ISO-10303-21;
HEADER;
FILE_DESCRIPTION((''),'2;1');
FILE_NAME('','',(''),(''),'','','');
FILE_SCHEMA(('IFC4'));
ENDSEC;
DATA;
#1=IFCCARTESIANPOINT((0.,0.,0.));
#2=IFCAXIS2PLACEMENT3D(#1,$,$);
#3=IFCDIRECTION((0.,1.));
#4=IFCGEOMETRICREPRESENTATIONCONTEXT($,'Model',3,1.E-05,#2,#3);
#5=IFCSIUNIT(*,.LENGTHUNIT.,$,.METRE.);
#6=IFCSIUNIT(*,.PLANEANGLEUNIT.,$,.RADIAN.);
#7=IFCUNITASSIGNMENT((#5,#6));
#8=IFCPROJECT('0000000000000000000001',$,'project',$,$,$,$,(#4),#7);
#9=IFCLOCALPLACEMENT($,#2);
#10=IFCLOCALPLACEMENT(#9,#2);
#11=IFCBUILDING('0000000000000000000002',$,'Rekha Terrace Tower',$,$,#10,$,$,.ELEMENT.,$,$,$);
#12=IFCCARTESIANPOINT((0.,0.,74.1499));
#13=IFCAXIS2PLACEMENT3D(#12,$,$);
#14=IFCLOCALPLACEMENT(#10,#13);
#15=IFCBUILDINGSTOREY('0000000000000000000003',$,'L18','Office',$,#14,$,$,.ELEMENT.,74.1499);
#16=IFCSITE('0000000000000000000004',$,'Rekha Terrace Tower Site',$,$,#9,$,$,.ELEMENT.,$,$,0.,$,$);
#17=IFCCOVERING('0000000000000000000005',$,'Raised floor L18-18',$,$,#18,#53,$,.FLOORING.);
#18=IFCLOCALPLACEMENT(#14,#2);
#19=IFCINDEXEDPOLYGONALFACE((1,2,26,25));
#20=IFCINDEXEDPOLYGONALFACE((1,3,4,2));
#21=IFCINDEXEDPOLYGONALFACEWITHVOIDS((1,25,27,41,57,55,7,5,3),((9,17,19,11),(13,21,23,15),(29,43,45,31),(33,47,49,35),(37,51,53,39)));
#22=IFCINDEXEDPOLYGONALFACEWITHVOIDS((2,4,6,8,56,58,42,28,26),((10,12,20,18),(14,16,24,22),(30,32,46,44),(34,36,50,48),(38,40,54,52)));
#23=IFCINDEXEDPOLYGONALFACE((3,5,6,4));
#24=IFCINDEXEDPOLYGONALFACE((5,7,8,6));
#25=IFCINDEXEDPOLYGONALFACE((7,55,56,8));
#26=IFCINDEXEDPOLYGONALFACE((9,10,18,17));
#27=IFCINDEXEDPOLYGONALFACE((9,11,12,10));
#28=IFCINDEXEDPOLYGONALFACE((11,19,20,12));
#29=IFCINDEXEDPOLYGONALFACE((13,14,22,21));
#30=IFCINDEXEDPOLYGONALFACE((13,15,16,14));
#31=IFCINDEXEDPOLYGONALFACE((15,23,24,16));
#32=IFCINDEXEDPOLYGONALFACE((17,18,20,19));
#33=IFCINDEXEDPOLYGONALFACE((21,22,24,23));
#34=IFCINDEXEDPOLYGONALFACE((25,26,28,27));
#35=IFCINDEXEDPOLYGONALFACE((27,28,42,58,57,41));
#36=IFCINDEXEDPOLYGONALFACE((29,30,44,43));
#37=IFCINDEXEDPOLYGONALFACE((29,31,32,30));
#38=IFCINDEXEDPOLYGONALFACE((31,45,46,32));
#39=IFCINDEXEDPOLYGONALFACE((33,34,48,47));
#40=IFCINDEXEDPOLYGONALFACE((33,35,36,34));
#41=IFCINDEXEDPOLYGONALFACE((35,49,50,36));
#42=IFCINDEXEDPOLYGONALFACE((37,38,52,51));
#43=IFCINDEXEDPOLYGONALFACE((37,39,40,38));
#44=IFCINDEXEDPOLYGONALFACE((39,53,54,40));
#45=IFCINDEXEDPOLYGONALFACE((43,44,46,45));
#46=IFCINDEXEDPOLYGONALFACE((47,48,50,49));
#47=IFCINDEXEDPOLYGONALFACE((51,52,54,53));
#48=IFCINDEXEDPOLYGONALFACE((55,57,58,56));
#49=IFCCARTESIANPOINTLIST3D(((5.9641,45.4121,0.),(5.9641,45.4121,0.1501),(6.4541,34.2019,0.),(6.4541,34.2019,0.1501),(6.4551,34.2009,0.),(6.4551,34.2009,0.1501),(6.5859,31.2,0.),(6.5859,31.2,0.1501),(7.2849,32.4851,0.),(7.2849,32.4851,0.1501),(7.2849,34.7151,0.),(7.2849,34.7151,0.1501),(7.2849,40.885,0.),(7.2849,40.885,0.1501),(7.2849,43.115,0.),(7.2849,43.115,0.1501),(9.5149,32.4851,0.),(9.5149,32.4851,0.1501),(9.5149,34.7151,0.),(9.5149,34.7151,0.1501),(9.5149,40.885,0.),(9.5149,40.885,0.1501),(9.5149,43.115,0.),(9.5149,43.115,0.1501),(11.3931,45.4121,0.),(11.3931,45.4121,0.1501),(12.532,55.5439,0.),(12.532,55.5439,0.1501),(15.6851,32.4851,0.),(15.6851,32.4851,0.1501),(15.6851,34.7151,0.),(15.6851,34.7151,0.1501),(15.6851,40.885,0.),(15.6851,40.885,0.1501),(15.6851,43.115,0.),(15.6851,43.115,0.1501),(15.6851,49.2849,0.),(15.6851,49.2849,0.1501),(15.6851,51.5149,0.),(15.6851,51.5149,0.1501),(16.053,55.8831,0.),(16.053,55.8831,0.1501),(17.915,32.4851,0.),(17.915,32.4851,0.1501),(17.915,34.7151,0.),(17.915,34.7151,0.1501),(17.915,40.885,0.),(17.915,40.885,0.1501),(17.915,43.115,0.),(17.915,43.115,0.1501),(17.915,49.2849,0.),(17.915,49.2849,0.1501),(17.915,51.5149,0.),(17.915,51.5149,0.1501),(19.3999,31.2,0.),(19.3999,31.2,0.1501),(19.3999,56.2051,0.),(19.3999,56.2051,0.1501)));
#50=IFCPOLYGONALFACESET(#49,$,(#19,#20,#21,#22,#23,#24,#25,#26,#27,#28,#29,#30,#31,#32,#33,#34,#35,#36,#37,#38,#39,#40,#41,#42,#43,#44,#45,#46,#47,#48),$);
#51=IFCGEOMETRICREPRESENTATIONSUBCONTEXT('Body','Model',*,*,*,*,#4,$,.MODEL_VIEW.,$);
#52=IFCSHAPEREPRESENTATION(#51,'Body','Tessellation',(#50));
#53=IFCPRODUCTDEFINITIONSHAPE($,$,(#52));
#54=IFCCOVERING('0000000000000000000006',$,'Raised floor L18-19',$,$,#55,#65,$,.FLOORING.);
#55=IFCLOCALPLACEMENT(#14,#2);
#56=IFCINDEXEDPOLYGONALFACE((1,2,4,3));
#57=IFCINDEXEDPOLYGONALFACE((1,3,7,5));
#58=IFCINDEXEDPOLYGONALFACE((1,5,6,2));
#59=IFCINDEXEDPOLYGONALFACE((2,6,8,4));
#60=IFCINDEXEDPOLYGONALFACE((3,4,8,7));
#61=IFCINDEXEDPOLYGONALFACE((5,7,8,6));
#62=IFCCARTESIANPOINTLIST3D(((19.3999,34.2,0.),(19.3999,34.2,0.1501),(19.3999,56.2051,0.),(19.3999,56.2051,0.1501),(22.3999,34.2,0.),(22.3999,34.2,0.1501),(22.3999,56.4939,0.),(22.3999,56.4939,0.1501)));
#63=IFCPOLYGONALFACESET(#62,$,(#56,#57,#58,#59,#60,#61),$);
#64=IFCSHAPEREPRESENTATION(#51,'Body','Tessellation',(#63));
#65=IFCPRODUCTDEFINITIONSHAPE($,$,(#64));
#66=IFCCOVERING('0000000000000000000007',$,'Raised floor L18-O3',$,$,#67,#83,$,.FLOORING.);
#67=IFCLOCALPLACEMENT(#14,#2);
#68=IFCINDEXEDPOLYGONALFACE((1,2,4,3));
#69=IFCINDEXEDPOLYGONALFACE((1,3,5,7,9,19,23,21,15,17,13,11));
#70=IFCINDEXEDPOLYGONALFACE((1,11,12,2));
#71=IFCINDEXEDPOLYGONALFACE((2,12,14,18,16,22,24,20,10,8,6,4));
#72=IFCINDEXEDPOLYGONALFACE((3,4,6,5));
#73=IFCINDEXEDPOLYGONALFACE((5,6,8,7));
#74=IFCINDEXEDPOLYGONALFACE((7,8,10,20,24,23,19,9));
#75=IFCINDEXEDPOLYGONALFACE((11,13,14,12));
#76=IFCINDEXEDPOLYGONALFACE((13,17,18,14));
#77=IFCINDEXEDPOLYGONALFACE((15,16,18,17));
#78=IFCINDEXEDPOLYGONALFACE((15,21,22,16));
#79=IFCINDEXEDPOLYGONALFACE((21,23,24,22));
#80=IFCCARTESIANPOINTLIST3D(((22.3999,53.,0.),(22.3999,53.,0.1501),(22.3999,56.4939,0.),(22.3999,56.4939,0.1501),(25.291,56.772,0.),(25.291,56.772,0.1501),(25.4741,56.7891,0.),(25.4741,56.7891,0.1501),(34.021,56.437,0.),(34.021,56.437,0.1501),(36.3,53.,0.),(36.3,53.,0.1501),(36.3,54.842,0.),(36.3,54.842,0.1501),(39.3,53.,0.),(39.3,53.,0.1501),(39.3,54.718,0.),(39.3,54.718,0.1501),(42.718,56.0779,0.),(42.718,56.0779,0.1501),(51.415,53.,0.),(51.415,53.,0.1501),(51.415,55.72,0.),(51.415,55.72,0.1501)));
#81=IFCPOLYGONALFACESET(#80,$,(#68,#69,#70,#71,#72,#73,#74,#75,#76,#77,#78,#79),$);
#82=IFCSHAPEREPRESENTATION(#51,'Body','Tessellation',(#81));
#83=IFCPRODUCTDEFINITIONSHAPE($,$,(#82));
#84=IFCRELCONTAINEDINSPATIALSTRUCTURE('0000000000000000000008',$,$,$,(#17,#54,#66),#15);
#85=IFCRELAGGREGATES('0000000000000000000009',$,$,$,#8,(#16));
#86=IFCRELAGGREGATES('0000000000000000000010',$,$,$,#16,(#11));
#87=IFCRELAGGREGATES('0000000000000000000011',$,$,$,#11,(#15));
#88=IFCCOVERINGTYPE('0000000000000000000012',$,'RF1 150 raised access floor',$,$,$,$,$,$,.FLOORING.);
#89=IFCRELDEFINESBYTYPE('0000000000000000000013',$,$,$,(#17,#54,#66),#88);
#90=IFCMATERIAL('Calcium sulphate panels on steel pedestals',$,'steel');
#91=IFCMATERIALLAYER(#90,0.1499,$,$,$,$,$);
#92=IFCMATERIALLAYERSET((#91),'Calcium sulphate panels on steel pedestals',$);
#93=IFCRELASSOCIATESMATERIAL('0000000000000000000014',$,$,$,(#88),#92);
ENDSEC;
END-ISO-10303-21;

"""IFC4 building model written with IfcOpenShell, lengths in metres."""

from ifc_helpers import new_model, si_unit, direction, frame, origin, place, context, subcontext, project, spatial, polyline, outline, extrude, material, layer, layer_set, type_object, element, save


model = new_model("IFC4")

# Units and contexts
model_context = context("Model", 3, precision=1e-05, world=origin(), true_north=direction((0.0, 1.0)))
body_context = subcontext(model_context, "Body", "Model", "MODEL_VIEW")
ifc_project = project(units=[si_unit("LENGTHUNIT", "METRE"), si_unit("PLANEANGLEUNIT", "RADIAN")], contexts=[model_context])

# Site, building, storey
site_placement = place(None, origin())
site = spatial("IfcSite", under=ifc_project, at=site_placement, Name="Rekha Terrace Tower Site", CompositionType="ELEMENT", RefElevation=0.0)
building_placement = place(site_placement, origin())
building = spatial("IfcBuilding", under=site, at=building_placement, Name="Rekha Terrace Tower", CompositionType="ELEMENT")
storey_placement = place(building_placement, frame((0.0, 0.0, 74.1499)))
storey = spatial("IfcBuildingStorey", under=building, at=storey_placement, Name="L18", Description="Office", CompositionType="ELEMENT", Elevation=74.1499)

# Coverings
ifc_material_1 = material(Name="Calcium sulphate panels on steel pedestals", Category="steel")
ifc_layer_1 = layer(ifc_material_1, 0.1499)
ifc_layer_set_1 = layer_set([ifc_layer_1], Name="Calcium sulphate panels on steel pedestals")
covering_type_1 = type_object("IfcCoveringType", Name="RF1 150 raised access floor", PredefinedType="FLOORING", material=ifc_layer_set_1)
covering_1_placement = place(storey_placement, origin())
element("IfcCovering", 1, at=covering_1_placement, inside=storey, type_object=covering_type_1, Name="Raised floor L18-18", PredefinedType="FLOORING", context=body_context, shape_type="SweptSolid", body=[
    extrude(outline(polyline([(11.3931, 45.4121), (5.9641, 45.4121), (6.4541, 34.2019), (6.4551, 34.2009), (6.5859, 31.2), (19.3999, 31.2), (19.3999, 56.2051), (16.053, 55.8831), (12.532, 55.5439), (11.3931, 45.4121)]), holes=[polyline([(17.915, 32.4851), (15.6851, 32.4851), (15.6851, 34.7151), (17.915, 34.7151), (17.915, 32.4851)]), polyline([(17.915, 40.885), (15.6851, 40.885), (15.6851, 43.115), (17.915, 43.115), (17.915, 40.885)]), polyline([(17.915, 49.2849), (15.6851, 49.2849), (15.6851, 51.5149), (17.915, 51.5149), (17.915, 49.2849)]), polyline([(9.5149, 32.4851), (7.2849, 32.4851), (7.2849, 34.7151), (9.5149, 34.7151), (9.5149, 32.4851)]), polyline([(9.5149, 40.885), (7.2849, 40.885), (7.2849, 43.115), (9.5149, 43.115), (9.5149, 40.885)])]), origin(), (0.0, 0.0, 1.0), 0.1501),
])
covering_2_placement = place(storey_placement, origin())
element("IfcCovering", 2, at=covering_2_placement, inside=storey, type_object=covering_type_1, Name="Raised floor L18-19", PredefinedType="FLOORING", context=body_context, shape_type="SweptSolid", body=[
    extrude(outline(polyline([(19.3999, 34.2), (22.3999, 34.2), (22.3999, 56.4939), (19.3999, 56.2051), (19.3999, 34.2)])), origin(), (0.0, 0.0, 1.0), 0.1501),
])
covering_3_placement = place(storey_placement, origin())
element("IfcCovering", 3, at=covering_3_placement, inside=storey, type_object=covering_type_1, Name="Raised floor L18-O3", PredefinedType="FLOORING", context=body_context, shape_type="SweptSolid", body=[
    extrude(outline(polyline([(25.4741, 56.7891), (25.291, 56.772), (22.3999, 56.4939), (22.3999, 53.0), (36.3, 53.0), (36.3, 54.842), (39.3, 54.718), (39.3, 53.0), (51.415, 53.0), (51.415, 55.72), (42.718, 56.0779), (34.021, 56.437), (25.4741, 56.7891)])), origin(), (0.0, 0.0, 1.0), 0.1501),
])

save(model, "model.ifc")
